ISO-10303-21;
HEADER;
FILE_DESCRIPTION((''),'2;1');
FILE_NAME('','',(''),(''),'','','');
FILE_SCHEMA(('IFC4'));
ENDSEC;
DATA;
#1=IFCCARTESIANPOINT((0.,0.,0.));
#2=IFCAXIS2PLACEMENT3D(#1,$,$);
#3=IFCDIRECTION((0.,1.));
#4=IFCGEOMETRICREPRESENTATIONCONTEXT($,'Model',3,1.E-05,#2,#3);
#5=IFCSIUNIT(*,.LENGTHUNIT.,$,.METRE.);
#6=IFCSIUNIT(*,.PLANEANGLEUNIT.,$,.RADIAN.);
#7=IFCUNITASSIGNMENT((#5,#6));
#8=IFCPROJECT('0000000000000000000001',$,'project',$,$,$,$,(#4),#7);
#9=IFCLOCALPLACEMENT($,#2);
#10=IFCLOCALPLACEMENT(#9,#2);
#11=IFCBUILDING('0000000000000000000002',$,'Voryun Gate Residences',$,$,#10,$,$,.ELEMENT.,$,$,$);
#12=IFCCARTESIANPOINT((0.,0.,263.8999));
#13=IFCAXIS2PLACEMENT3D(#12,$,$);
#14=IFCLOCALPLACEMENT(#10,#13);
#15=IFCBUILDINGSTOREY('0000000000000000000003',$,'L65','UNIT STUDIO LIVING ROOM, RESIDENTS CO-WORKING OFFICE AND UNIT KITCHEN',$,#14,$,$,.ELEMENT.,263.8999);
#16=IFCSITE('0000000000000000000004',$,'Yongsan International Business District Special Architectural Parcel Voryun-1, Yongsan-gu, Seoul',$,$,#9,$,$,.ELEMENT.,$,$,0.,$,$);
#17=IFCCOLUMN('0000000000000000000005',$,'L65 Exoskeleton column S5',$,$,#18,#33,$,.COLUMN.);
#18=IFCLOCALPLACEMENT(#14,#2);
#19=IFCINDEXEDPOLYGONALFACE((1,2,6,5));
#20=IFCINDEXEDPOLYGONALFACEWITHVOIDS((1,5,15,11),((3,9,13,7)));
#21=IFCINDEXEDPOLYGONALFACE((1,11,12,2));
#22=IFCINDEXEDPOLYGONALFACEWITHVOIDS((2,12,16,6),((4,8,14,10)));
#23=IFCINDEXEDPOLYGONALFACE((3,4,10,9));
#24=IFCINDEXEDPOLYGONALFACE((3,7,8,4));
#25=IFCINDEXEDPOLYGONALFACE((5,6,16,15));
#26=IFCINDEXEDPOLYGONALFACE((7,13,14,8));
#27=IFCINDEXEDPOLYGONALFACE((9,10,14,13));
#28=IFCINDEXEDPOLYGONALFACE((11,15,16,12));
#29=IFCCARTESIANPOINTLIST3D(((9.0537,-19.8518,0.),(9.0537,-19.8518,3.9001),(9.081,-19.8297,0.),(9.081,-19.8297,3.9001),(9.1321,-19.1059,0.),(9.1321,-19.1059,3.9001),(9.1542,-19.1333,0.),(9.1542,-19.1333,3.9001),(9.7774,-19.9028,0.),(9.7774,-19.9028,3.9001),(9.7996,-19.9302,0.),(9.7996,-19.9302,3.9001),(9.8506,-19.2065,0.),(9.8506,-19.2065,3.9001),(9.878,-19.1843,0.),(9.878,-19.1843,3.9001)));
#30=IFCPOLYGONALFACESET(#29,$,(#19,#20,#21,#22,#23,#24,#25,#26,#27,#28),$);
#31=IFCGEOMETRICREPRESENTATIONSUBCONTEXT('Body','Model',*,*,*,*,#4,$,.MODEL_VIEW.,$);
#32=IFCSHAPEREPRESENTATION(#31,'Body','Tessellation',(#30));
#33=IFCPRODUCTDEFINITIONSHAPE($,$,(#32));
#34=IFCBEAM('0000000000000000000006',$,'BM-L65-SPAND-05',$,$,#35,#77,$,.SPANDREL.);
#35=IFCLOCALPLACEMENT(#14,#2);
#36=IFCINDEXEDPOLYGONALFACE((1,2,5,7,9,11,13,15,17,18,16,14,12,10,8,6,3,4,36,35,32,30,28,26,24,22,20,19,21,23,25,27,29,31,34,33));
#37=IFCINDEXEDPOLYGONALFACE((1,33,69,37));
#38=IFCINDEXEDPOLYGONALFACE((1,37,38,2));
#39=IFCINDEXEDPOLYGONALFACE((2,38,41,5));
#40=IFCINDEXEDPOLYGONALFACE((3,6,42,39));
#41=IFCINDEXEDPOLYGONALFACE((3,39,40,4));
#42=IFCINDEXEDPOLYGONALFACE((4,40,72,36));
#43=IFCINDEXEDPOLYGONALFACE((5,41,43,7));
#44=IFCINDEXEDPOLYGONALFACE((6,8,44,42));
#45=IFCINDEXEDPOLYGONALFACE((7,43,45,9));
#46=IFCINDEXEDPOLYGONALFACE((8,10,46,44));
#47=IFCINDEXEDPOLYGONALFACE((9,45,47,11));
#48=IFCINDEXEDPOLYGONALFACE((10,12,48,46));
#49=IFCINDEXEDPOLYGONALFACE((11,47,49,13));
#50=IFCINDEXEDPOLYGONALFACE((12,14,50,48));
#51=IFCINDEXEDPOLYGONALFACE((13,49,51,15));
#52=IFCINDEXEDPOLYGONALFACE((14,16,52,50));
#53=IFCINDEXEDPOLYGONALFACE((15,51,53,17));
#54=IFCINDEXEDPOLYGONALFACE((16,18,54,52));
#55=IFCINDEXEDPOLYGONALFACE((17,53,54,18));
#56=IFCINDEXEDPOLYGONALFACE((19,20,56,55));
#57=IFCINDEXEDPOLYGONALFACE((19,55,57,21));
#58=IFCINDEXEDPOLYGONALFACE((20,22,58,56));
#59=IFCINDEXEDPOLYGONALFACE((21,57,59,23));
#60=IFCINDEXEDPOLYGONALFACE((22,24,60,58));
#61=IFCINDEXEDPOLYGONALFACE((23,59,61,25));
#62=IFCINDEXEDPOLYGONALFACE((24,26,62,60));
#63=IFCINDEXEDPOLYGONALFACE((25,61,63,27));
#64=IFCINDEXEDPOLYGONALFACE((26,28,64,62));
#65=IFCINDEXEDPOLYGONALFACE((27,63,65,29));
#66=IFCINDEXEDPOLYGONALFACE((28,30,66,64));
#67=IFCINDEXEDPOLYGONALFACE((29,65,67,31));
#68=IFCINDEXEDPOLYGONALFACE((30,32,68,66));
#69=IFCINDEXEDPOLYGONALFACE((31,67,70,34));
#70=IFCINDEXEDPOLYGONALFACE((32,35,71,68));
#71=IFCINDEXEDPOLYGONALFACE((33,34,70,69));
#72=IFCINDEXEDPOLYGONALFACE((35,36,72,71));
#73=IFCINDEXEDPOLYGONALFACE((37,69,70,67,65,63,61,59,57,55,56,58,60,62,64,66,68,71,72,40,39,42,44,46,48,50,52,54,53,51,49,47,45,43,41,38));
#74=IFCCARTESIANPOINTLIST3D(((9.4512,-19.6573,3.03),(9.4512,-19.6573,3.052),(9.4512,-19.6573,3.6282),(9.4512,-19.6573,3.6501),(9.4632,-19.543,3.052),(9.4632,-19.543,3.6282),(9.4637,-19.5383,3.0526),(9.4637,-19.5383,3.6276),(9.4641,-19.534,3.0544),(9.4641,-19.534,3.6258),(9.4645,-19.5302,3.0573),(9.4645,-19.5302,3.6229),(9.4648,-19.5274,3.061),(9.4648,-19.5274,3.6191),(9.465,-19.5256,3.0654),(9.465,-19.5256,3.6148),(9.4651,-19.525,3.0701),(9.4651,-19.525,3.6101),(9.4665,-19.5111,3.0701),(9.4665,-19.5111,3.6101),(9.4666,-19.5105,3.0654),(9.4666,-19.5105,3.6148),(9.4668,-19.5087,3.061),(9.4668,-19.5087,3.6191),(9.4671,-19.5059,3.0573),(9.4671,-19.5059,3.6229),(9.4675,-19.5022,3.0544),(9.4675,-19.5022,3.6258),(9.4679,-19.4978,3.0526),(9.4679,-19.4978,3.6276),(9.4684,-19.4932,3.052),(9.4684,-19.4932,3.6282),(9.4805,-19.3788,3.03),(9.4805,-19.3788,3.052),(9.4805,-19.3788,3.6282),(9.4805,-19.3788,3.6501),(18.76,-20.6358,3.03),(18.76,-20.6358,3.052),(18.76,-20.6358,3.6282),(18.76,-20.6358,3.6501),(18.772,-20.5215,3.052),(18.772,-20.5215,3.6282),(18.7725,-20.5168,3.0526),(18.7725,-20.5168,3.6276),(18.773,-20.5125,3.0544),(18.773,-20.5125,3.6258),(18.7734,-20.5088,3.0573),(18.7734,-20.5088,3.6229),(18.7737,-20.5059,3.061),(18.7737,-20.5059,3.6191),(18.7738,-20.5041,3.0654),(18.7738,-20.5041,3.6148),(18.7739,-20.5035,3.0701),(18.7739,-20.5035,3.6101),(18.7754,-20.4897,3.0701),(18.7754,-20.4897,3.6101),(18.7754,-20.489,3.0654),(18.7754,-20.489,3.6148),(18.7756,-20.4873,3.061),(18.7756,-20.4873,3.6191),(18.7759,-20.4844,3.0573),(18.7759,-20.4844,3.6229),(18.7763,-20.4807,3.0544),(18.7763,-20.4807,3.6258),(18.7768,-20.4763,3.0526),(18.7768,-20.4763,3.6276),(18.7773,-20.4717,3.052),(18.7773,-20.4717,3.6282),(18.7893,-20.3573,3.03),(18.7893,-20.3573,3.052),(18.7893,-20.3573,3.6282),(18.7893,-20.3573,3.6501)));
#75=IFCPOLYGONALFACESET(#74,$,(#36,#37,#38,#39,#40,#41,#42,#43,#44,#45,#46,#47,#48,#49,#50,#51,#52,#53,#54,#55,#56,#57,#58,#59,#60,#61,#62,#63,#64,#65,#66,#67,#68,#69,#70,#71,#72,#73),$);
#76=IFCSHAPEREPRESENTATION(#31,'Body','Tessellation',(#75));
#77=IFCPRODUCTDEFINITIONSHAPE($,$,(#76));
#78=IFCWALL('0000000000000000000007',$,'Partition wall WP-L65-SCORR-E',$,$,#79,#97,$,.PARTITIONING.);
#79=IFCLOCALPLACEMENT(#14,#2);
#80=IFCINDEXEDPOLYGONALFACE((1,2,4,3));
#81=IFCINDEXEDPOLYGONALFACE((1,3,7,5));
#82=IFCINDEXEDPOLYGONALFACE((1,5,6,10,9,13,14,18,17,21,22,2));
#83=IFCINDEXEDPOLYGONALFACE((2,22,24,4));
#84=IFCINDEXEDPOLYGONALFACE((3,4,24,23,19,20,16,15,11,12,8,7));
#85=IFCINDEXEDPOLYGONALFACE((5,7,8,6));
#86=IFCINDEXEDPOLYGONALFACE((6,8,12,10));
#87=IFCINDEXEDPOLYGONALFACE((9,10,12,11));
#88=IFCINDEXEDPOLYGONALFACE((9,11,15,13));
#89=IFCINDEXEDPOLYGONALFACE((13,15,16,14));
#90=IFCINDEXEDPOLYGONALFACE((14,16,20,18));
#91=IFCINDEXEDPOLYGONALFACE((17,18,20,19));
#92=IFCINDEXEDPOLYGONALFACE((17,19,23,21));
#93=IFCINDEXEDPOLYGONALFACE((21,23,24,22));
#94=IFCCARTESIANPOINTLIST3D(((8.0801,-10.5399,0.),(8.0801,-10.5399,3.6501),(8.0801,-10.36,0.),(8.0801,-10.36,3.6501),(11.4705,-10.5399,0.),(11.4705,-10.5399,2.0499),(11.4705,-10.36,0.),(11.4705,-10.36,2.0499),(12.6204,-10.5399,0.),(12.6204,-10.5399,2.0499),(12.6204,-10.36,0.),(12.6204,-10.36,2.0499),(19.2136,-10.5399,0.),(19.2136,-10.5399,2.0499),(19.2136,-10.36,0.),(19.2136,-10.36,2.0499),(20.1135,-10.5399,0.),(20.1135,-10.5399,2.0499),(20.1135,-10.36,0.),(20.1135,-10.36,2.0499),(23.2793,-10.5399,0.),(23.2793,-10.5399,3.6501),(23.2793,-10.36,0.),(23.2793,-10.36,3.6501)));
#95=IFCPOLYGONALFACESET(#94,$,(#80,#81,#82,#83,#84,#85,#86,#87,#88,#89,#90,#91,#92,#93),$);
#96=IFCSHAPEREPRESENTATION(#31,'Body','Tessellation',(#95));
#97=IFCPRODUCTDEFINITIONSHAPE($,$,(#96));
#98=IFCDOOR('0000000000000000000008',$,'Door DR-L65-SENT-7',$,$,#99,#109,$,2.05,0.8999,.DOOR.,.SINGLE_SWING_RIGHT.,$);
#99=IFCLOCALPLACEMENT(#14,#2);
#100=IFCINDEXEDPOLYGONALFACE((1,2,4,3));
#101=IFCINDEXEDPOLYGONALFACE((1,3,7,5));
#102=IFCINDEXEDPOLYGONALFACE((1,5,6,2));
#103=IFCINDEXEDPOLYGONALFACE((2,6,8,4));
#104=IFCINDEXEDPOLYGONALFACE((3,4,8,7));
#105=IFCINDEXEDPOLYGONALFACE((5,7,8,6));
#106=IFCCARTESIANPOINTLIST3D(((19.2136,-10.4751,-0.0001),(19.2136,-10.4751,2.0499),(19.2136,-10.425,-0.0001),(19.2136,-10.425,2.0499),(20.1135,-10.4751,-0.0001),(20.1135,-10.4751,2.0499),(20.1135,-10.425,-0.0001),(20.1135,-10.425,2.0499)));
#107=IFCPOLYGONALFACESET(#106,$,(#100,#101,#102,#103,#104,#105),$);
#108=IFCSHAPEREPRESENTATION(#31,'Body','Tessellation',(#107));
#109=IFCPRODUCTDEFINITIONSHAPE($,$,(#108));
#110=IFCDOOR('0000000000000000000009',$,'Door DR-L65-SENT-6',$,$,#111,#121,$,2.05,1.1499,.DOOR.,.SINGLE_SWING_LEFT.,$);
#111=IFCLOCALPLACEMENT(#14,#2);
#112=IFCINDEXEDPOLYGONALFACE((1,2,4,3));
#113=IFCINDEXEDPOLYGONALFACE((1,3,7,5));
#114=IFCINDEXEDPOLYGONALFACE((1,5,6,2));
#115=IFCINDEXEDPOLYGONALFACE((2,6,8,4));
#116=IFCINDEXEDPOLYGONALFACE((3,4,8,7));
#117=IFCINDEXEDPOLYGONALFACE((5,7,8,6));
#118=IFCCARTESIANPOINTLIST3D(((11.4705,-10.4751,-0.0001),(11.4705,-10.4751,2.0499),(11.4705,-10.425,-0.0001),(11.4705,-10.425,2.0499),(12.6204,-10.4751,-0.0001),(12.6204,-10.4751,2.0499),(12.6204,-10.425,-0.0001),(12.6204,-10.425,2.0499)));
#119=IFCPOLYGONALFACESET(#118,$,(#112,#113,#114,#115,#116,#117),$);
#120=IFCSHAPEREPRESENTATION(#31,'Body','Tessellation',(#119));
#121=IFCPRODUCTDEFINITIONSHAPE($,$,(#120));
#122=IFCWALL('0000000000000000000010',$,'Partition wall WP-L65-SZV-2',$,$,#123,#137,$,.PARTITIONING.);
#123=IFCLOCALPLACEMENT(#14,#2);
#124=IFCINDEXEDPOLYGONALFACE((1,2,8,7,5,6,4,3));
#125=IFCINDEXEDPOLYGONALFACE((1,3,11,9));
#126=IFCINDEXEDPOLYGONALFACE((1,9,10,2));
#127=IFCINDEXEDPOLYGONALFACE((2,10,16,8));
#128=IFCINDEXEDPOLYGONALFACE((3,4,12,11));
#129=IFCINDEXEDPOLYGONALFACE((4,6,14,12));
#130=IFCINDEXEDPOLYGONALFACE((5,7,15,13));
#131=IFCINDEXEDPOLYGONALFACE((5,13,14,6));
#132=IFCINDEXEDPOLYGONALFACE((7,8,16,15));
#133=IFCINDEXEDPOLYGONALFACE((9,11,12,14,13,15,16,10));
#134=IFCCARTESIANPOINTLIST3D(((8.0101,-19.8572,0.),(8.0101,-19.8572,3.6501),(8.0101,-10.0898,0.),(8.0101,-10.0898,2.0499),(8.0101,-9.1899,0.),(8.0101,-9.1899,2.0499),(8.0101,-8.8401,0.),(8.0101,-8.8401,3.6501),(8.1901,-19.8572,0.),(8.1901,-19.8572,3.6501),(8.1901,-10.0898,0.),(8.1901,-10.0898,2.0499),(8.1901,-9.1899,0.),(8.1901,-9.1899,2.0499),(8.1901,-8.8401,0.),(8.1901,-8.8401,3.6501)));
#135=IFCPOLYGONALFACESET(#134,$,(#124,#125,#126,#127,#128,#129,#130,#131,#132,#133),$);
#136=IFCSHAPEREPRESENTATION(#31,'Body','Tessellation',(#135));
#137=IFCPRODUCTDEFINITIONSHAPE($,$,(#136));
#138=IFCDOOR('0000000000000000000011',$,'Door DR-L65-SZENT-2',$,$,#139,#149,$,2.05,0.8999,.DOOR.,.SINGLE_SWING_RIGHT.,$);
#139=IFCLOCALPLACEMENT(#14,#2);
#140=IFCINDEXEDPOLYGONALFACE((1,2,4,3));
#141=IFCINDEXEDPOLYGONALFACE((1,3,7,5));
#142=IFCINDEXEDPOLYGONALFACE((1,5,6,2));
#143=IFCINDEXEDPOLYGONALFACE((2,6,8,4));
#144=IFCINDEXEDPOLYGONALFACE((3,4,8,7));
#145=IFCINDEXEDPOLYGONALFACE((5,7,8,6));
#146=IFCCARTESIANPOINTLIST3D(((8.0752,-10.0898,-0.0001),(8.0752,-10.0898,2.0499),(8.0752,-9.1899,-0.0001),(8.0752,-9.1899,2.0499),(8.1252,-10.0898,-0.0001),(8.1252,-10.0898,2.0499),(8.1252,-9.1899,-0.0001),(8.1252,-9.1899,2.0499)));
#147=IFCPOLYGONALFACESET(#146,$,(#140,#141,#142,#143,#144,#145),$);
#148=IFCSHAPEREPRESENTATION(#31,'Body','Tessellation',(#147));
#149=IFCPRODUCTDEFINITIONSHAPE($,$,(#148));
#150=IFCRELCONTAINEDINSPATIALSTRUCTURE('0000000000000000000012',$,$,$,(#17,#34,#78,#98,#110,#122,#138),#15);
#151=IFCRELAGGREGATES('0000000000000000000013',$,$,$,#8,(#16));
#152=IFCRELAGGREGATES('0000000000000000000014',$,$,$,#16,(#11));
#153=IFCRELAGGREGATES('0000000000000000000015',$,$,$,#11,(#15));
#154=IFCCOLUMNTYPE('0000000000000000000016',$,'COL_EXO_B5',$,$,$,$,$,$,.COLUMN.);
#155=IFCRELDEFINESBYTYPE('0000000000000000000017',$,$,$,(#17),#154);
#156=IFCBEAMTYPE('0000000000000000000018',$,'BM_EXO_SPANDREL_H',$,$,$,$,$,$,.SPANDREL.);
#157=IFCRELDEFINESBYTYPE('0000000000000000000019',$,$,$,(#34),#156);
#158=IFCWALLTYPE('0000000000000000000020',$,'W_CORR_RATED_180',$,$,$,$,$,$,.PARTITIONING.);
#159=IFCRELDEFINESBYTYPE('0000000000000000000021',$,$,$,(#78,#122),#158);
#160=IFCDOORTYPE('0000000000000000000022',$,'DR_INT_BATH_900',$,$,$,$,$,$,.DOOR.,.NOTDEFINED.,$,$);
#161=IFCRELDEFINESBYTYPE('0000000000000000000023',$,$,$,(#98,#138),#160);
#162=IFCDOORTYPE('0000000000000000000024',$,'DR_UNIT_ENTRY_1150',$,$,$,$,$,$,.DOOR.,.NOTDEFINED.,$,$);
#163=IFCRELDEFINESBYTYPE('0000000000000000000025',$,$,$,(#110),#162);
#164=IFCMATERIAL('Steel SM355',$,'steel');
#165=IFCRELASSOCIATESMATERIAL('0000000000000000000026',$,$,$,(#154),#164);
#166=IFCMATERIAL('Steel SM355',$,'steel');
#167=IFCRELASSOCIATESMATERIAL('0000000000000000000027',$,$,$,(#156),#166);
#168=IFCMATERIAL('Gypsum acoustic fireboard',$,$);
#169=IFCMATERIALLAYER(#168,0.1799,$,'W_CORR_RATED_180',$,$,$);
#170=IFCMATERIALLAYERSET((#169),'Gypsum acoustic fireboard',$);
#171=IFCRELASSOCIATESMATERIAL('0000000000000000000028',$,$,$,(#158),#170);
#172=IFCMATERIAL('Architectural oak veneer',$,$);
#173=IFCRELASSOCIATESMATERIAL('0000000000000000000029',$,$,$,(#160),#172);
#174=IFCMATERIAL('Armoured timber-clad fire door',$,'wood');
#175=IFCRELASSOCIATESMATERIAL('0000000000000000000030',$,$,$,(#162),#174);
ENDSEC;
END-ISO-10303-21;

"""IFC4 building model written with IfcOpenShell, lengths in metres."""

from ifc_helpers import new_model, si_unit, direction, frame, frame_2d, origin, origin_2d, place, context, subcontext, project, spatial, rectangle, hollow_rectangle, i_section, extrude, material, layer, layer_set, material_profile, profile_set, type_object, element, fill, save


model = new_model("IFC4")

# Units and contexts
model_context = context("Model", 3, precision=1e-05, world=origin(), true_north=direction((0.0, 1.0)))
body_context = subcontext(model_context, "Body", "Model", "MODEL_VIEW")
ifc_project = project(units=[si_unit("LENGTHUNIT", "METRE"), si_unit("PLANEANGLEUNIT", "RADIAN")], contexts=[model_context])

# Site, building, storey
site_placement = place(None, origin())
site = spatial("IfcSite", under=ifc_project, at=site_placement, Name="Yongsan International Business District Special Architectural Parcel Voryun-1, Yongsan-gu, Seoul", CompositionType="ELEMENT", RefElevation=0.0)
building_placement = place(site_placement, origin())
building = spatial("IfcBuilding", under=site, at=building_placement, Name="Voryun Gate Residences", CompositionType="ELEMENT")
storey_placement = place(building_placement, frame((0.0, 0.0, 263.8999)))
storey = spatial("IfcBuildingStorey", under=building, at=storey_placement, Name="L65", Description="UNIT STUDIO LIVING ROOM, RESIDENTS CO-WORKING OFFICE AND UNIT KITCHEN", CompositionType="ELEMENT", Elevation=263.8999)

# Column
ifc_material_1 = material(Name="Steel SM355", Category="steel")
ifc_material_profile_1 = material_profile(ifc_material_1, hollow_rectangle(XDim=0.75, YDim=0.75, WallThickness=0.0249, at=origin_2d()), Name="BOX-750x750x25")
ifc_profile_set_1 = profile_set([ifc_material_profile_1], Name="Steel SM355")
column_type = type_object("IfcColumnType", Name="COL_EXO_B5", PredefinedType="COLUMN", material=ifc_profile_set_1)
column_placement = place(storey_placement, frame((9.4658, -19.5181, 0.0), z_axis=(0.0, 0.0, 1.0), x_axis=(0.994522, -0.104528, 0.0)))
element("IfcColumn", 1, at=column_placement, inside=storey, type_object=column_type, Name="L65 Exoskeleton column S5", PredefinedType="COLUMN", context=body_context, shape_type="SweptSolid", body=[
    extrude(hollow_rectangle(XDim=0.75, YDim=0.75, WallThickness=0.0249, at=origin_2d()), origin(), (0.0, 0.0, 1.0), 3.9001),
])

# Beam
ifc_material_2 = material(Name="Steel SM355", Category="steel")
ifc_material_profile_2 = material_profile(ifc_material_2, i_section(OverallWidth=0.28, OverallDepth=0.6201, WebThickness=0.0139, FlangeThickness=0.022, FilletRadius=0.0181, at=origin_2d()), Name="H-620x280x14x22")
ifc_profile_set_2 = profile_set([ifc_material_profile_2], Name="Steel SM355")
beam_type = type_object("IfcBeamType", Name="BM_EXO_SPANDREL_H", PredefinedType="SPANDREL", material=ifc_profile_set_2)
beam_placement = place(storey_placement, frame((9.4658, -19.5181, 3.3401), z_axis=(0.994521, -0.104541, 0.0), x_axis=(0.104541, 0.994521, 0.0)))
element("IfcBeam", 2, at=beam_placement, inside=storey, type_object=beam_type, Name="BM-L65-SPAND-05", PredefinedType="SPANDREL", context=body_context, shape_type="SweptSolid", body=[
    extrude(i_section(OverallWidth=0.28, OverallDepth=0.6201, WebThickness=0.0139, FlangeThickness=0.022, FilletRadius=0.0181, at=origin_2d()), origin(), (0.0, 0.0, 1.0), 9.3601),
])

# Wall, openings, doors
ifc_material_3 = material(Name="Gypsum acoustic fireboard")
ifc_layer_1 = layer(ifc_material_3, 0.1799, Name="W_CORR_RATED_180")
ifc_layer_set_1 = layer_set([ifc_layer_1], Name="Gypsum acoustic fireboard")
wall_type_1 = type_object("IfcWallType", Name="W_CORR_RATED_180", PredefinedType="PARTITIONING", material=ifc_layer_set_1)
wall_1_placement = place(storey_placement, frame((8.0801, -10.45, 0.0), z_axis=(0.0, 0.0, 1.0), x_axis=(1.0, 0.0, 0.0)))
wall_1 = element("IfcWall", 3, at=wall_1_placement, inside=storey, type_object=wall_type_1, Name="Partition wall WP-L65-SCORR-E", PredefinedType="PARTITIONING", context=body_context, shape_type="SweptSolid", body=[
    extrude(rectangle(XDim=15.1992, YDim=0.1799, at=frame_2d((7.5996, 0.0))), origin(), (0.0, 0.0, 1.0), 3.6501),
])
opening_1_placement = place(wall_1_placement, frame((3.3904, 0.0, 0.0)))
opening_1 = element("IfcOpeningElement", 4, at=opening_1_placement, cuts=wall_1, PredefinedType="OPENING", context=body_context, shape_type="SweptSolid", body=[
    extrude(rectangle(XDim=1.1499, YDim=2.05, at=frame_2d((0.575, 1.0249))), frame((0.0, 0.0999, 0.0), z_axis=(0.0, -1.0, 0.0), x_axis=(1.0, 0.0, 0.0)), (0.0, 0.0, 1.0), 0.2),
])
opening_2_placement = place(wall_1_placement, frame((11.1335, 0.0, 0.0)))
opening_2 = element("IfcOpeningElement", 5, at=opening_2_placement, cuts=wall_1, PredefinedType="OPENING", context=body_context, shape_type="SweptSolid", body=[
    extrude(rectangle(XDim=0.8999, YDim=2.05, at=frame_2d((0.45, 1.0249))), frame((0.0, 0.0999, 0.0), z_axis=(0.0, -1.0, 0.0), x_axis=(1.0, 0.0, 0.0)), (0.0, 0.0, 1.0), 0.2),
])
ifc_material_4 = material(Name="Architectural oak veneer")
door_type_1 = type_object("IfcDoorType", Name="DR_INT_BATH_900", OperationType="NOTDEFINED", PredefinedType="DOOR", material=ifc_material_4)
door_1_placement = place(opening_2_placement, origin())
door_1 = element("IfcDoor", 6, at=door_1_placement, inside=storey, type_object=door_type_1, Name="Door DR-L65-SENT-7", OperationType="SINGLE_SWING_RIGHT", OverallHeight=2.05, OverallWidth=0.8999, PredefinedType="DOOR", context=body_context, shape_type="SweptSolid", body=[
    extrude(rectangle(XDim=0.8999, YDim=2.05, at=frame_2d((0.45, 1.0249))), frame((0.0, 0.0249, 0.0), z_axis=(0.0, -1.0, 0.0), x_axis=(1.0, 0.0, 0.0)), (0.0, 0.0, 1.0), 0.05),
])
fill(opening_2, door_1)
ifc_material_5 = material(Name="Armoured timber-clad fire door", Category="wood")
door_type_2 = type_object("IfcDoorType", Name="DR_UNIT_ENTRY_1150", OperationType="NOTDEFINED", PredefinedType="DOOR", material=ifc_material_5)
door_2_placement = place(opening_1_placement, origin())
door_2 = element("IfcDoor", 7, at=door_2_placement, inside=storey, type_object=door_type_2, Name="Door DR-L65-SENT-6", OperationType="SINGLE_SWING_LEFT", OverallHeight=2.05, OverallWidth=1.1499, PredefinedType="DOOR", context=body_context, shape_type="SweptSolid", body=[
    extrude(rectangle(XDim=1.1499, YDim=2.05, at=frame_2d((0.575, 1.0249))), frame((0.0, 0.0249, 0.0), z_axis=(0.0, -1.0, 0.0), x_axis=(1.0, 0.0, 0.0)), (0.0, 0.0, 1.0), 0.05),
])
fill(opening_1, door_2)

# Wall, opening, door
wall_2_placement = place(storey_placement, frame((8.1001, -19.8572, 0.0), z_axis=(0.0, 0.0, 1.0), x_axis=(0.0, 1.0, 0.0)))
wall_2 = element("IfcWall", 8, at=wall_2_placement, inside=storey, type_object=wall_type_1, Name="Partition wall WP-L65-SZV-2", PredefinedType="PARTITIONING", context=body_context, shape_type="SweptSolid", body=[
    extrude(rectangle(XDim=11.0171, YDim=0.1799, at=frame_2d((5.5085, 0.0))), origin(), (0.0, 0.0, 1.0), 3.6501),
])
opening_3_placement = place(wall_2_placement, frame((9.7673, 0.0, 0.0)))
opening_3 = element("IfcOpeningElement", 9, at=opening_3_placement, cuts=wall_2, PredefinedType="OPENING", context=body_context, shape_type="SweptSolid", body=[
    extrude(rectangle(XDim=0.8999, YDim=2.05, at=frame_2d((0.45, 1.0249))), frame((0.0, 0.0999, 0.0), z_axis=(0.0, -1.0, 0.0), x_axis=(1.0, 0.0, 0.0)), (0.0, 0.0, 1.0), 0.2),
])
door_3_placement = place(opening_3_placement, origin())
door_3 = element("IfcDoor", 10, at=door_3_placement, inside=storey, type_object=door_type_1, Name="Door DR-L65-SZENT-2", OperationType="SINGLE_SWING_RIGHT", OverallHeight=2.05, OverallWidth=0.8999, PredefinedType="DOOR", context=body_context, shape_type="SweptSolid", body=[
    extrude(rectangle(XDim=0.8999, YDim=2.05, at=frame_2d((0.45, 1.0249))), frame((0.0, 0.0249, 0.0), z_axis=(0.0, -1.0, 0.0), x_axis=(1.0, 0.0, 0.0)), (0.0, 0.0, 1.0), 0.05),
])
fill(opening_3, door_3)

save(model, "model.ifc")
